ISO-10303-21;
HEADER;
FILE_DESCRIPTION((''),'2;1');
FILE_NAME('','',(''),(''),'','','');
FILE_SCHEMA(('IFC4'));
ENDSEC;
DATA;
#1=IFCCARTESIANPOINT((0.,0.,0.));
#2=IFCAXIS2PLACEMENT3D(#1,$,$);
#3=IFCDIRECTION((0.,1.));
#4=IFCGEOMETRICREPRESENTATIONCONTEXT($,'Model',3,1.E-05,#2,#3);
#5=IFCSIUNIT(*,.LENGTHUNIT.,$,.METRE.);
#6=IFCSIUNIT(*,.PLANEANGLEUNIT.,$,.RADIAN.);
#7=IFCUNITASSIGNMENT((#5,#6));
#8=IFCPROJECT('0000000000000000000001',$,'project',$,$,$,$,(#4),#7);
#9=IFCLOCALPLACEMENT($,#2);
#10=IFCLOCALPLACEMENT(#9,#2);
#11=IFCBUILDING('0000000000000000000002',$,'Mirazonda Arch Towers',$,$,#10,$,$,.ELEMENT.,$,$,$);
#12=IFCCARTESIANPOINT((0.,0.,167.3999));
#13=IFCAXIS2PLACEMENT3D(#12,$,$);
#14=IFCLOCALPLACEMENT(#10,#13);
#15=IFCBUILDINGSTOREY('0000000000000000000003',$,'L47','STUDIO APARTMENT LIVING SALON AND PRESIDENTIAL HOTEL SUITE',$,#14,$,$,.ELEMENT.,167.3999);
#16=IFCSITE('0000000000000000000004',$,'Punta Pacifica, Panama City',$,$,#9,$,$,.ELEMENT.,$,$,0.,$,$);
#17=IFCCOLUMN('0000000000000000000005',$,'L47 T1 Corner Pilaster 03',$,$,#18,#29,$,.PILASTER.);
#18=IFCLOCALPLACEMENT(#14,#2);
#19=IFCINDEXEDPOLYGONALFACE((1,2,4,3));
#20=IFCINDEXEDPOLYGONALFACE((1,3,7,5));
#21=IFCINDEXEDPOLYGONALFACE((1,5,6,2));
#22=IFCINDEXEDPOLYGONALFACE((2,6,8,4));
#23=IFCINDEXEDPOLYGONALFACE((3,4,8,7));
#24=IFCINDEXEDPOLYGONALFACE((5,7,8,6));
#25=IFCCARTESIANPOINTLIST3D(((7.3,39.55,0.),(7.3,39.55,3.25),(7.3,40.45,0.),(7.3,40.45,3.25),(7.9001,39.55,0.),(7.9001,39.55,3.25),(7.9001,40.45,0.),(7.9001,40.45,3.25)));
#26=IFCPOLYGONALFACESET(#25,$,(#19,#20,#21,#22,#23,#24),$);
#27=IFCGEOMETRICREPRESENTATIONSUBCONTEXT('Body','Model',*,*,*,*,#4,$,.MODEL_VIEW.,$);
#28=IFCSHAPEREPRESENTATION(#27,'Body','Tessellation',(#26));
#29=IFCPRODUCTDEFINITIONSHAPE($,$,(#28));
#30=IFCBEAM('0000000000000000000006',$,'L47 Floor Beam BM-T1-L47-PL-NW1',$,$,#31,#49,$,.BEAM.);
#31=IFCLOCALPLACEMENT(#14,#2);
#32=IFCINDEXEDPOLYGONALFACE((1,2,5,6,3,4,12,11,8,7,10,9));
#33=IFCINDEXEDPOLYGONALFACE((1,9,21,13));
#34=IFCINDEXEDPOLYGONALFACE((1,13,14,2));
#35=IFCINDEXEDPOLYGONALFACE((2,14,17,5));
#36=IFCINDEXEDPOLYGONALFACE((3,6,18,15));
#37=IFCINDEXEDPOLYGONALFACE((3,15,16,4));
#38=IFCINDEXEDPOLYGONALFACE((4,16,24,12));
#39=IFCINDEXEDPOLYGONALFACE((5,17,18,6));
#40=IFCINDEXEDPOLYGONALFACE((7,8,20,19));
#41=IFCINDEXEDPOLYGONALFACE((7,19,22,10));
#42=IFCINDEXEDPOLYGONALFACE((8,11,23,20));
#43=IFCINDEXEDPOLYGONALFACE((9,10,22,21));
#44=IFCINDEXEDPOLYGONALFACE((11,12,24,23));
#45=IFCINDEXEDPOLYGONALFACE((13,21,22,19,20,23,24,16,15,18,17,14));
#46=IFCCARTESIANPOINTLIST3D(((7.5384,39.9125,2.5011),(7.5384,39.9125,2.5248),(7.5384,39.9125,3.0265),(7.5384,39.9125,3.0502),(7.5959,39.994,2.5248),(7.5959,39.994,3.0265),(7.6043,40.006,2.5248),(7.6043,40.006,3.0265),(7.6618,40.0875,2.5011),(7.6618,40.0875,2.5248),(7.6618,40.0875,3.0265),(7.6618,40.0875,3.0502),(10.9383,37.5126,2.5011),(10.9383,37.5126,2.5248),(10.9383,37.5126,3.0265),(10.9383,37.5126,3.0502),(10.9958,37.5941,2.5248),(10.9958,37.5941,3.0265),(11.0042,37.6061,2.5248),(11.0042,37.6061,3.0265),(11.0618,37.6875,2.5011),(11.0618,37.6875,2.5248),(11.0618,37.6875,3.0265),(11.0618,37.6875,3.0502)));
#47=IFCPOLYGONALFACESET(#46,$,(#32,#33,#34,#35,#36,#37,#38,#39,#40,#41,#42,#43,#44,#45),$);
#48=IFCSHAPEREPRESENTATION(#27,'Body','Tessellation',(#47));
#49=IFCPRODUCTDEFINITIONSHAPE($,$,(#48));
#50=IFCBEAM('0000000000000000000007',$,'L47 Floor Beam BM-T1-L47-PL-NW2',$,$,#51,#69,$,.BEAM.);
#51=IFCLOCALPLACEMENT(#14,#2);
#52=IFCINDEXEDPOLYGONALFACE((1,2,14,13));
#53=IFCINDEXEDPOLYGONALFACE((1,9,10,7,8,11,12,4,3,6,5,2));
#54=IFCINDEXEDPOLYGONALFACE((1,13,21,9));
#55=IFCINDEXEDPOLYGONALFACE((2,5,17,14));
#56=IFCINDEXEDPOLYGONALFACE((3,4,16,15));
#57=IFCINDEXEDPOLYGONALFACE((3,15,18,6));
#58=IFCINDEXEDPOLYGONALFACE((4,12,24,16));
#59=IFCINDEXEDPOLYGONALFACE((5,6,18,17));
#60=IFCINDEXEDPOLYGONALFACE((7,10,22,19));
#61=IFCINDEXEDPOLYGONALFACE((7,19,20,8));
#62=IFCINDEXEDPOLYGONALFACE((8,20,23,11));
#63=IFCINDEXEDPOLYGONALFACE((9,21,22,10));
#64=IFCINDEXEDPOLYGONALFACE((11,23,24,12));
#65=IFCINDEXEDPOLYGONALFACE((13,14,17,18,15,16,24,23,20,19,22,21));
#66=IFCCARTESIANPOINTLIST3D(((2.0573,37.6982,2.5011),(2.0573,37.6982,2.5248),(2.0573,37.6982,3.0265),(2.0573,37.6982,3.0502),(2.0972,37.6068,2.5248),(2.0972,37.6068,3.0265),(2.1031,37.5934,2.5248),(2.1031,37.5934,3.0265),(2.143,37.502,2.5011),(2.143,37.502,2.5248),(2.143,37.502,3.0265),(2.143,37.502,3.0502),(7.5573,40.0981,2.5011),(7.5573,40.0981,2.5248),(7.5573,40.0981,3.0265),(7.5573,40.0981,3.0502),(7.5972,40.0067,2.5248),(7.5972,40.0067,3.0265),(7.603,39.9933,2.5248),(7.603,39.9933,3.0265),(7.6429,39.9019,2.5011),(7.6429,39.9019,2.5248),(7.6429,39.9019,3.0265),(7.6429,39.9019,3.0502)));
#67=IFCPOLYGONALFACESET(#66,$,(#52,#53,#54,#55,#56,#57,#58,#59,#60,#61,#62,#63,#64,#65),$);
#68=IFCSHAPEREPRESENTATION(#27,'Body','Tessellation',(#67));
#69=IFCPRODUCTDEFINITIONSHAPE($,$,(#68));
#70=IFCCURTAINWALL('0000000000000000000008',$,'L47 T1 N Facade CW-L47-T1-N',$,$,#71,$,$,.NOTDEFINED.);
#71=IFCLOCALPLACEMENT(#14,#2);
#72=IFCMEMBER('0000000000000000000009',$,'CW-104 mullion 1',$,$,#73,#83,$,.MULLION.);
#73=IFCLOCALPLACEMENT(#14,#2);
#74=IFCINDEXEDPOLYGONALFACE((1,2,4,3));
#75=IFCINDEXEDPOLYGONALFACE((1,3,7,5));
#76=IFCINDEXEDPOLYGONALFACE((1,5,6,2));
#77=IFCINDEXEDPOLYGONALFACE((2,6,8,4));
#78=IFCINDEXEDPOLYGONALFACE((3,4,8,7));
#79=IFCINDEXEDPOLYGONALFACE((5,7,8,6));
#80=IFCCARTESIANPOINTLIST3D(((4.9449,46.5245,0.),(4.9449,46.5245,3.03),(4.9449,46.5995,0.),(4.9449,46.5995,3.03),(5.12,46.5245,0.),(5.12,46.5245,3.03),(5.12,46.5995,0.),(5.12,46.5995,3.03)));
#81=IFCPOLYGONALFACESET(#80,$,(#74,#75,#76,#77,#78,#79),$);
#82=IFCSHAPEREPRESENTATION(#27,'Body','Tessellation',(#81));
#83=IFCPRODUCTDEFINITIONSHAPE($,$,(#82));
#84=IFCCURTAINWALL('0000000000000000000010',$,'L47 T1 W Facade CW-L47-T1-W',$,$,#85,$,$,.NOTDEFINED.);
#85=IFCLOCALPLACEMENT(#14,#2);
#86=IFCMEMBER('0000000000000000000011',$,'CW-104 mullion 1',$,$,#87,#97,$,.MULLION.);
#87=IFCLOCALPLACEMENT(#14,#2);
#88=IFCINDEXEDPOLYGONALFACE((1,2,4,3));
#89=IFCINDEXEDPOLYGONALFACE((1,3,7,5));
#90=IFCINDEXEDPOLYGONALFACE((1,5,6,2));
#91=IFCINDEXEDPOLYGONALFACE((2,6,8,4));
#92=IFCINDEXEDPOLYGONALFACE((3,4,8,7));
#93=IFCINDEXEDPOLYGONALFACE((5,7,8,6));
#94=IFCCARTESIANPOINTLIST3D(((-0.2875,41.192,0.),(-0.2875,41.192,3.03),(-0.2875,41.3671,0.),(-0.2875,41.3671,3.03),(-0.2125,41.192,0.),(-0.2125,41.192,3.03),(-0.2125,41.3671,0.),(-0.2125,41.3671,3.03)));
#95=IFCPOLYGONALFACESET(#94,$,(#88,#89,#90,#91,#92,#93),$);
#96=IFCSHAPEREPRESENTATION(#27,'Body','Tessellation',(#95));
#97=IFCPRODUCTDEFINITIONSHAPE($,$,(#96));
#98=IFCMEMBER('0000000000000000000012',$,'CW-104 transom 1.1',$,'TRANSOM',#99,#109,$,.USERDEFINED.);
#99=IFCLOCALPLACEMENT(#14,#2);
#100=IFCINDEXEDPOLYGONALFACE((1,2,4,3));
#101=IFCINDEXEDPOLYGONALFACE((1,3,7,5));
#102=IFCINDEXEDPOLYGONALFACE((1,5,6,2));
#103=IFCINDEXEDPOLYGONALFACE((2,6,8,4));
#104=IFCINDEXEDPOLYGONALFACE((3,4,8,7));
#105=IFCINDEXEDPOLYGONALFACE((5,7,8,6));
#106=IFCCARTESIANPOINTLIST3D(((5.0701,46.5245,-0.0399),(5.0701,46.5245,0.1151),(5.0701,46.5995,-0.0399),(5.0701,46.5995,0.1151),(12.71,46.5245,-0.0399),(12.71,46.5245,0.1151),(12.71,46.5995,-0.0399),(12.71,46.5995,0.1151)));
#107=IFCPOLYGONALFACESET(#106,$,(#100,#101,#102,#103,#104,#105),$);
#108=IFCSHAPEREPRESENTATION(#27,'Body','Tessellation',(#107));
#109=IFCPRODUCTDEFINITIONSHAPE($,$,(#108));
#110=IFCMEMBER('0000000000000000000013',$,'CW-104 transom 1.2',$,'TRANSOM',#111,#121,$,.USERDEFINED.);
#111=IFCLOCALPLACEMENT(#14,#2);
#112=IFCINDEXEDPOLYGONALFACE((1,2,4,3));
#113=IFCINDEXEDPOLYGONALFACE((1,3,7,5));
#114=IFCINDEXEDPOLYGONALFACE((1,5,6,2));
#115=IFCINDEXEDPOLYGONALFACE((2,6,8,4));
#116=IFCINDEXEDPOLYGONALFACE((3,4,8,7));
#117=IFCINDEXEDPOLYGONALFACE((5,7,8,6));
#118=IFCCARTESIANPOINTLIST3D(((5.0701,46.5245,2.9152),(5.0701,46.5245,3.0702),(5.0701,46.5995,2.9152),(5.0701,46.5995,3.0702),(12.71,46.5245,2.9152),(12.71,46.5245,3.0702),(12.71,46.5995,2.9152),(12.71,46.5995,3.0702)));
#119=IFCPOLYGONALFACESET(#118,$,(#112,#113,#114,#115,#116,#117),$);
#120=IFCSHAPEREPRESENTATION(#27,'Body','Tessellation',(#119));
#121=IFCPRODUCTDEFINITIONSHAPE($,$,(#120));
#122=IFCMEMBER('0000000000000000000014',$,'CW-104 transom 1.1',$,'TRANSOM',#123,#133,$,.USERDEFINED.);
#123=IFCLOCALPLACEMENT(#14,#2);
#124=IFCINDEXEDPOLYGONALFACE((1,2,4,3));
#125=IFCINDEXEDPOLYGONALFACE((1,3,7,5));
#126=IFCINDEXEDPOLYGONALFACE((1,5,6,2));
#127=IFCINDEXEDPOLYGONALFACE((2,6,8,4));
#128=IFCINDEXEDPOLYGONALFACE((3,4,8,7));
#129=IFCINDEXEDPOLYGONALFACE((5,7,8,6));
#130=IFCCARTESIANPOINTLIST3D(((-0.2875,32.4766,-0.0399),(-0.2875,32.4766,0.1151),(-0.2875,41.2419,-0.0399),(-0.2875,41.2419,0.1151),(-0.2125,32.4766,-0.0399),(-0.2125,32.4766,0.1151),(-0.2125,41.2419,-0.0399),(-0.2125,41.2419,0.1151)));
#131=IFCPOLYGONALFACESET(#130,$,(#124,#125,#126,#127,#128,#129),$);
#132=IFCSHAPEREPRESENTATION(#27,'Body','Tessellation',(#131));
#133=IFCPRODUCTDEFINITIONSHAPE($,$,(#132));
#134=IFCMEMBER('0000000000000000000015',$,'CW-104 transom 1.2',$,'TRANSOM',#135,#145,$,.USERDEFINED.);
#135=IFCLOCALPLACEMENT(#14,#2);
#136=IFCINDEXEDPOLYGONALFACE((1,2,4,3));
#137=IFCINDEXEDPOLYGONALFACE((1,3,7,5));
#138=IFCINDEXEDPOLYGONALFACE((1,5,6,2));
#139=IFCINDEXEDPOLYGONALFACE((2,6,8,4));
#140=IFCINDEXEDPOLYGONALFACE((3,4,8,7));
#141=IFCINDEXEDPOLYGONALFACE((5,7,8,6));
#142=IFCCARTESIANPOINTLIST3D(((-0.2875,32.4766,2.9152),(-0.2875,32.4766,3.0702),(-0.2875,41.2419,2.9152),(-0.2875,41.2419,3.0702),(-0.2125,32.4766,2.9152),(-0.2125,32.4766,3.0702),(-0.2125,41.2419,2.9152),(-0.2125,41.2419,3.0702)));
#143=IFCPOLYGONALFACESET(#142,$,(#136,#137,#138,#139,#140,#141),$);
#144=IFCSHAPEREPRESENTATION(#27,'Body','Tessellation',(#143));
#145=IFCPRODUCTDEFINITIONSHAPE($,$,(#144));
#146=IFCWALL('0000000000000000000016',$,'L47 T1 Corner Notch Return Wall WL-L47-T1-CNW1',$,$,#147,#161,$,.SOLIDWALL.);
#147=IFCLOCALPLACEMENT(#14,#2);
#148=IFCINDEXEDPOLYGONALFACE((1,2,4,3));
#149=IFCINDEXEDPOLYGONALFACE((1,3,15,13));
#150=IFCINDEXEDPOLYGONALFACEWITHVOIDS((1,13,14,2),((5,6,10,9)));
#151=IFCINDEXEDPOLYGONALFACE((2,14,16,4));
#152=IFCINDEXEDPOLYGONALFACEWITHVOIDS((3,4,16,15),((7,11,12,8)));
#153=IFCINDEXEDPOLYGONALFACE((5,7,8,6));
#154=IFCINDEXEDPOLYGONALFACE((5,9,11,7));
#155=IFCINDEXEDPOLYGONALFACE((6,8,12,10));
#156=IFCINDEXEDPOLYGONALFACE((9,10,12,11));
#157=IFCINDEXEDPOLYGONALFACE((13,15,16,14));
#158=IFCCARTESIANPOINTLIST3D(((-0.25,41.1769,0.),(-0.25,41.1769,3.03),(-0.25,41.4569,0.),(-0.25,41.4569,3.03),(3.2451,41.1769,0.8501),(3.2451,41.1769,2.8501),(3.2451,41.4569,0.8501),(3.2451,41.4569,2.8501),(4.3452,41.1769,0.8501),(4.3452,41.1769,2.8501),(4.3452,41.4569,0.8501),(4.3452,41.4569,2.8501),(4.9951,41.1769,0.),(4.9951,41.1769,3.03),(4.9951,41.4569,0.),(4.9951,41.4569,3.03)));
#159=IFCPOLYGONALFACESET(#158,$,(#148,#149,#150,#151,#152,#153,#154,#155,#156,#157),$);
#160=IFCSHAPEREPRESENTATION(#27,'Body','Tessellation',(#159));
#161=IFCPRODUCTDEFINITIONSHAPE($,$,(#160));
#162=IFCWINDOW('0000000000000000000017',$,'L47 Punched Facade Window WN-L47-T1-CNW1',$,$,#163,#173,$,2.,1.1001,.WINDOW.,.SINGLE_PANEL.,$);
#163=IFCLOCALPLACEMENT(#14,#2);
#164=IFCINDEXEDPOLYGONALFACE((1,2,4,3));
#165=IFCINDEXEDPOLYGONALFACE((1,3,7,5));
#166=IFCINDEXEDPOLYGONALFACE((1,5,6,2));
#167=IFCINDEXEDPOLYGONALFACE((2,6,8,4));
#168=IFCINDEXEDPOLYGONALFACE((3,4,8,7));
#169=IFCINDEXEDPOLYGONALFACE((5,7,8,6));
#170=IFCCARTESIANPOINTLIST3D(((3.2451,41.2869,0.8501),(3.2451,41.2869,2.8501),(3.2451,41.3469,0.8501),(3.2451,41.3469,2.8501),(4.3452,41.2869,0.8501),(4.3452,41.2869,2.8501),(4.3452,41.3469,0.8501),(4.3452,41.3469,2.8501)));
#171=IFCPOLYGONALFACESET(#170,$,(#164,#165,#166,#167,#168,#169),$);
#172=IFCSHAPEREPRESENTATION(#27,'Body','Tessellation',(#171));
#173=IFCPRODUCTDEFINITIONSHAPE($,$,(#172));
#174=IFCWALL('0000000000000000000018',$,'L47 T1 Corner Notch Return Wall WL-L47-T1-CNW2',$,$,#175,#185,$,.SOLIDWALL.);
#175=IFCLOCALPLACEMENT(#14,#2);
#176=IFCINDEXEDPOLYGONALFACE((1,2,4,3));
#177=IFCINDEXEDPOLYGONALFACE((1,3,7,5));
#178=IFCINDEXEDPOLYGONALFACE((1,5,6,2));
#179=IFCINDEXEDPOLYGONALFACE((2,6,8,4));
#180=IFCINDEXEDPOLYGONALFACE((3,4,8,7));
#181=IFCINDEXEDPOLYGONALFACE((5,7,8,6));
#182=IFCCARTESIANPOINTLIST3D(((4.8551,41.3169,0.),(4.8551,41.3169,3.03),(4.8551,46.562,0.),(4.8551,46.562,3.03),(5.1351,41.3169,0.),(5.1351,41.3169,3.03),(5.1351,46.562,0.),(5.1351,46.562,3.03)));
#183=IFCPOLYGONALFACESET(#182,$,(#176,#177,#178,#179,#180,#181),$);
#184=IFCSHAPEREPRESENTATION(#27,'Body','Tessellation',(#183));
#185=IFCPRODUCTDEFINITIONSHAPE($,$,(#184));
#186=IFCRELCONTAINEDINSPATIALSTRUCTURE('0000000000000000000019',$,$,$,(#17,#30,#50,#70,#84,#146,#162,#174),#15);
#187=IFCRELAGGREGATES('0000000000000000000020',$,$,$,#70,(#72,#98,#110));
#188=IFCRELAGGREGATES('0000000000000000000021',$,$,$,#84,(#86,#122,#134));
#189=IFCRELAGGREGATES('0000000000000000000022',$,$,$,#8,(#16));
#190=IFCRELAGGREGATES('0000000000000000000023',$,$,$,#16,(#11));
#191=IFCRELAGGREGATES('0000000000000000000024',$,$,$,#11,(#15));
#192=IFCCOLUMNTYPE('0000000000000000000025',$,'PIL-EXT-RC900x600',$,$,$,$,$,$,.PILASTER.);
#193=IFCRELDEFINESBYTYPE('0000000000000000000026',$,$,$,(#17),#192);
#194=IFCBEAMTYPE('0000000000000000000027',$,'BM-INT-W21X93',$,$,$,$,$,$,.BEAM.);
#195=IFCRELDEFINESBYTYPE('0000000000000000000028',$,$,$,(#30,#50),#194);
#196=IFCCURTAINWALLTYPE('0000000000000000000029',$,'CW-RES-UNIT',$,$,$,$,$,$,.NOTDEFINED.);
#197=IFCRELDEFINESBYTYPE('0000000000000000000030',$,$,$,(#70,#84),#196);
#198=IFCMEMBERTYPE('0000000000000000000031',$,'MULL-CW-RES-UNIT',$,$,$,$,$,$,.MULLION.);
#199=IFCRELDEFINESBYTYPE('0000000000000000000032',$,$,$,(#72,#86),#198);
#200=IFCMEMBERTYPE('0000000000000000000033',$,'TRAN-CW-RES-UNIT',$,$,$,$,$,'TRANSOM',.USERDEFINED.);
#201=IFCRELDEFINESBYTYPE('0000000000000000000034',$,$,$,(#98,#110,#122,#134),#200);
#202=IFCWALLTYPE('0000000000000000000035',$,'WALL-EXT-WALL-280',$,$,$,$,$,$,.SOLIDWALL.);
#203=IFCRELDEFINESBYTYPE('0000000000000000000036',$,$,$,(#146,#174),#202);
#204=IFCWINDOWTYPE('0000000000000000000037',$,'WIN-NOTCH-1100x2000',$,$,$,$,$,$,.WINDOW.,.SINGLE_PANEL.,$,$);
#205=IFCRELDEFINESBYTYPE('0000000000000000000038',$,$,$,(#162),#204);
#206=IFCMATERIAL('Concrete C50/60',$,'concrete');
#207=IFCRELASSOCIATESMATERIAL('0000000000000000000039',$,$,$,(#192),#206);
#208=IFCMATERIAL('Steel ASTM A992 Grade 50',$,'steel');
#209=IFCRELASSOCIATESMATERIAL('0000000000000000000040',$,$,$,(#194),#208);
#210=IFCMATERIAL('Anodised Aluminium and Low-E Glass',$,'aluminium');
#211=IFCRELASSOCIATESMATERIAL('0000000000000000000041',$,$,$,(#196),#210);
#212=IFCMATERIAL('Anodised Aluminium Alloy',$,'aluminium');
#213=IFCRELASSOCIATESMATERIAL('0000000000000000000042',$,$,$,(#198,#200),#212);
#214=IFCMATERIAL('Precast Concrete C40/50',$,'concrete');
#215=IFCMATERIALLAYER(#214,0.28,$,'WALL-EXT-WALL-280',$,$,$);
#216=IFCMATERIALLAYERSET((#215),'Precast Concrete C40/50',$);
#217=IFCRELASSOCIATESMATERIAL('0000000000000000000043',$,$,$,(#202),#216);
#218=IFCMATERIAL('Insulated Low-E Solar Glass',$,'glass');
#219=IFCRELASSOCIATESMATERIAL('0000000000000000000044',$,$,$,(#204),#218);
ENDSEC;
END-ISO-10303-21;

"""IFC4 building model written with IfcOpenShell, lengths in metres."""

from ifc_helpers import new_model, si_unit, direction, frame, frame_2d, origin, origin_2d, place, context, subcontext, project, spatial, rectangle, i_section, extrude, material, layer, layer_set, material_profile, profile_set, type_object, element, fill, aggregate, save


model = new_model("IFC4")

# Units and contexts
model_context = context("Model", 3, precision=1e-05, world=origin(), true_north=direction((0.0, 1.0)))
body_context = subcontext(model_context, "Body", "Model", "MODEL_VIEW")
ifc_project = project(units=[si_unit("LENGTHUNIT", "METRE"), si_unit("PLANEANGLEUNIT", "RADIAN")], contexts=[model_context])

# Site, building, storey
site_placement = place(None, origin())
site = spatial("IfcSite", under=ifc_project, at=site_placement, Name="Punta Pacifica, Panama City", CompositionType="ELEMENT", RefElevation=0.0)
building_placement = place(site_placement, origin())
building = spatial("IfcBuilding", under=site, at=building_placement, Name="Mirazonda Arch Towers", CompositionType="ELEMENT")
storey_placement = place(building_placement, frame((0.0, 0.0, 167.3999)))
storey = spatial("IfcBuildingStorey", under=building, at=storey_placement, Name="L47", Description="STUDIO APARTMENT LIVING SALON AND PRESIDENTIAL HOTEL SUITE", CompositionType="ELEMENT", Elevation=167.3999)

# Column
ifc_material_1 = material(Name="Concrete C50/60", Category="concrete")
ifc_material_profile_1 = material_profile(ifc_material_1, rectangle(XDim=0.6001, YDim=0.8999, at=origin_2d()), Name="RC900x600")
ifc_profile_set_1 = profile_set([ifc_material_profile_1], Name="Concrete C50/60")
column_type = type_object("IfcColumnType", Name="PIL-EXT-RC900x600", PredefinedType="PILASTER", material=ifc_profile_set_1)
column_placement = place(storey_placement, frame((7.6001, 40.0, 0.0), z_axis=(0.0, 0.0, 1.0), x_axis=(1.0, 0.0, 0.0)))
element("IfcColumn", 1, at=column_placement, inside=storey, type_object=column_type, Name="L47 T1 Corner Pilaster 03", PredefinedType="PILASTER", context=body_context, shape_type="SweptSolid", body=[
    extrude(rectangle(XDim=0.6001, YDim=0.8999, at=origin_2d()), origin(), (0.0, 0.0, 1.0), 3.25),
])

# Beams
ifc_material_2 = material(Name="Steel ASTM A992 Grade 50", Category="steel")
ifc_material_profile_2 = material_profile(ifc_material_2, i_section(OverallWidth=0.2141, OverallDepth=0.5491, WebThickness=0.0146, FlangeThickness=0.0237, at=origin_2d()), Name="W21X93")
ifc_profile_set_2 = profile_set([ifc_material_profile_2], Name="Steel ASTM A992 Grade 50")
beam_type = type_object("IfcBeamType", Name="BM-INT-W21X93", PredefinedType="BEAM", material=ifc_profile_set_2)
beam_1_placement = place(storey_placement, frame((7.6001, 40.0, 2.7756), z_axis=(0.816971, -0.576679, 0.0), x_axis=(0.576679, 0.816971, 0.0)))
element("IfcBeam", 2, at=beam_1_placement, inside=storey, type_object=beam_type, Name="L47 Floor Beam BM-T1-L47-PL-NW1", PredefinedType="BEAM", context=body_context, shape_type="SweptSolid", body=[
    extrude(i_section(OverallWidth=0.2141, OverallDepth=0.5491, WebThickness=0.0146, FlangeThickness=0.0237, at=origin_2d()), origin(), (0.0, 0.0, 1.0), 4.1616),
])
beam_2_placement = place(storey_placement, frame((7.6001, 40.0, 2.7756), z_axis=(-0.916545, -0.399931, 0.0), x_axis=(0.399931, -0.916545, 0.0)))
element("IfcBeam", 3, at=beam_2_placement, inside=storey, type_object=beam_type, Name="L47 Floor Beam BM-T1-L47-PL-NW2", PredefinedType="BEAM", context=body_context, shape_type="SweptSolid", body=[
    extrude(i_section(OverallWidth=0.2141, OverallDepth=0.5491, WebThickness=0.0146, FlangeThickness=0.0237, at=origin_2d()), origin(), (0.0, 0.0, 1.0), 6.0007),
])

# Curtain walls, members
ifc_material_3 = material(Name="Anodised Aluminium and Low-E Glass", Category="aluminium")
curtain_wall_type = type_object("IfcCurtainWallType", Name="CW-RES-UNIT", PredefinedType="NOTDEFINED", material=ifc_material_3)
curtain_wall_1_placement = place(storey_placement, origin())
curtain_wall_1 = element("IfcCurtainWall", 4, at=curtain_wall_1_placement, inside=storey, type_object=curtain_wall_type, Name="L47 T1 N Facade CW-L47-T1-N", PredefinedType="NOTDEFINED")
ifc_material_4 = material(Name="Anodised Aluminium Alloy", Category="aluminium")
ifc_material_profile_3 = material_profile(ifc_material_4, rectangle(XDim=0.075, YDim=0.175, at=origin_2d()), Name="ALU-MULL-75x175")
ifc_profile_set_3 = profile_set([ifc_material_profile_3], Name="Anodised Aluminium Alloy")
member_type_1 = type_object("IfcMemberType", Name="MULL-CW-RES-UNIT", PredefinedType="MULLION", material=ifc_profile_set_3)
member_1_placement = place(storey_placement, frame((5.0325, 46.562, 0.0), z_axis=(0.0, 0.0, 1.0), x_axis=(0.0, 1.0, 0.0)))
member_1 = element("IfcMember", 5, at=member_1_placement, type_object=member_type_1, Name="CW-104 mullion 1", PredefinedType="MULLION", context=body_context, shape_type="SweptSolid", body=[
    extrude(rectangle(XDim=0.075, YDim=0.175, at=origin_2d()), origin(), (0.0, 0.0, 1.0), 3.03),
])
curtain_wall_2_placement = place(storey_placement, origin())
curtain_wall_2 = element("IfcCurtainWall", 6, at=curtain_wall_2_placement, inside=storey, type_object=curtain_wall_type, Name="L47 T1 W Facade CW-L47-T1-W", PredefinedType="NOTDEFINED")
member_2_placement = place(storey_placement, frame((-0.25, 41.2795, 0.0), z_axis=(0.0, 0.0, 1.0), x_axis=(1.0, 0.0, 0.0)))
member_2 = element("IfcMember", 7, at=member_2_placement, type_object=member_type_1, Name="CW-104 mullion 1", PredefinedType="MULLION", context=body_context, shape_type="SweptSolid", body=[
    extrude(rectangle(XDim=0.075, YDim=0.175, at=origin_2d()), origin(), (0.0, 0.0, 1.0), 3.03),
])

# Members
ifc_material_profile_4 = material_profile(ifc_material_4, rectangle(XDim=0.075, YDim=0.155, at=origin_2d()), Name="ALU-TRAN-75x155")
ifc_profile_set_4 = profile_set([ifc_material_profile_4], Name="Anodised Aluminium Alloy")
member_type_2 = type_object("IfcMemberType", Name="TRAN-CW-RES-UNIT", ElementType="TRANSOM", PredefinedType="USERDEFINED", material=ifc_profile_set_4)
member_3_placement = place(storey_placement, frame((5.0701, 46.562, 0.0376), z_axis=(1.0, 0.0, 0.0), x_axis=(0.0, 1.0, 0.0)))
member_3 = element("IfcMember", 8, at=member_3_placement, type_object=member_type_2, Name="CW-104 transom 1.1", ObjectType="TRANSOM", PredefinedType="USERDEFINED", context=body_context, shape_type="SweptSolid", body=[
    extrude(rectangle(XDim=0.075, YDim=0.155, at=origin_2d()), origin(), (0.0, 0.0, 1.0), 7.6399),
])
member_4_placement = place(storey_placement, frame((5.0701, 46.562, 2.9927), z_axis=(1.0, 0.0, 0.0), x_axis=(0.0, 1.0, 0.0)))
member_4 = element("IfcMember", 9, at=member_4_placement, type_object=member_type_2, Name="CW-104 transom 1.2", ObjectType="TRANSOM", PredefinedType="USERDEFINED", context=body_context, shape_type="SweptSolid", body=[
    extrude(rectangle(XDim=0.075, YDim=0.155, at=origin_2d()), origin(), (0.0, 0.0, 1.0), 7.6399),
])
aggregate(curtain_wall_1, [member_1, member_3, member_4])
member_5_placement = place(storey_placement, frame((-0.25, 41.2419, 0.0376), z_axis=(0.0, -1.0, 0.0), x_axis=(1.0, 0.0, 0.0)))
member_5 = element("IfcMember", 10, at=member_5_placement, type_object=member_type_2, Name="CW-104 transom 1.1", ObjectType="TRANSOM", PredefinedType="USERDEFINED", context=body_context, shape_type="SweptSolid", body=[
    extrude(rectangle(XDim=0.075, YDim=0.155, at=origin_2d()), origin(), (0.0, 0.0, 1.0), 8.7654),
])
member_6_placement = place(storey_placement, frame((-0.25, 41.2419, 2.9927), z_axis=(0.0, -1.0, 0.0), x_axis=(1.0, 0.0, 0.0)))
member_6 = element("IfcMember", 11, at=member_6_placement, type_object=member_type_2, Name="CW-104 transom 1.2", ObjectType="TRANSOM", PredefinedType="USERDEFINED", context=body_context, shape_type="SweptSolid", body=[
    extrude(rectangle(XDim=0.075, YDim=0.155, at=origin_2d()), origin(), (0.0, 0.0, 1.0), 8.7654),
])
aggregate(curtain_wall_2, [member_2, member_5, member_6])

# Wall, opening, window
ifc_material_5 = material(Name="Precast Concrete C40/50", Category="concrete")
ifc_layer_1 = layer(ifc_material_5, 0.28, Name="WALL-EXT-WALL-280")
ifc_layer_set_1 = layer_set([ifc_layer_1], Name="Precast Concrete C40/50")
wall_type_1 = type_object("IfcWallType", Name="WALL-EXT-WALL-280", PredefinedType="SOLIDWALL", material=ifc_layer_set_1)
wall_1_placement = place(storey_placement, frame((4.9951, 41.3169, 0.0), z_axis=(0.0, 0.0, 1.0), x_axis=(-1.0, 0.0, 0.0)))
wall_1 = element("IfcWall", 12, at=wall_1_placement, inside=storey, type_object=wall_type_1, Name="L47 T1 Corner Notch Return Wall WL-L47-T1-CNW1", PredefinedType="SOLIDWALL", context=body_context, shape_type="SweptSolid", body=[
    extrude(rectangle(XDim=5.2451, YDim=0.28, at=frame_2d((2.6226, 0.0))), origin(), (0.0, 0.0, 1.0), 3.03),
])
opening_1_placement = place(wall_1_placement, frame((0.6499, 0.0, 0.8501)))
opening_1 = element("IfcOpeningElement", 13, at=opening_1_placement, cuts=wall_1, PredefinedType="OPENING", context=body_context, shape_type="SweptSolid", body=[
    extrude(rectangle(XDim=1.1001, YDim=2.0, at=frame_2d((0.55, 1.0))), frame((0.0, 0.1499, 0.0), z_axis=(0.0, -1.0, 0.0), x_axis=(1.0, 0.0, 0.0)), (0.0, 0.0, 1.0), 0.3),
])
ifc_material_6 = material(Name="Insulated Low-E Solar Glass", Category="glass")
window_type = type_object("IfcWindowType", Name="WIN-NOTCH-1100x2000", PartitioningType="SINGLE_PANEL", PredefinedType="WINDOW", material=ifc_material_6)
window_placement = place(opening_1_placement, origin())
window = element("IfcWindow", 14, at=window_placement, inside=storey, type_object=window_type, Name="L47 Punched Facade Window WN-L47-T1-CNW1", OverallHeight=2.0, OverallWidth=1.1001, PartitioningType="SINGLE_PANEL", PredefinedType="WINDOW", context=body_context, shape_type="SweptSolid", body=[
    extrude(rectangle(XDim=1.1001, YDim=2.0, at=frame_2d((0.55, 1.0))), frame((0.0, 0.03, 0.0), z_axis=(0.0, -1.0, 0.0), x_axis=(1.0, 0.0, 0.0)), (0.0, 0.0, 1.0), 0.0601),
])
fill(opening_1, window)

# Wall
wall_2_placement = place(storey_placement, frame((4.9951, 46.562, 0.0), z_axis=(0.0, 0.0, 1.0), x_axis=(0.0, -1.0, 0.0)))
element("IfcWall", 15, at=wall_2_placement, inside=storey, type_object=wall_type_1, Name="L47 T1 Corner Notch Return Wall WL-L47-T1-CNW2", PredefinedType="SOLIDWALL", context=body_context, shape_type="SweptSolid", body=[
    extrude(rectangle(XDim=5.2451, YDim=0.28, at=frame_2d((2.6226, 0.0))), origin(), (0.0, 0.0, 1.0), 3.03),
])

save(model, "model.ifc")
